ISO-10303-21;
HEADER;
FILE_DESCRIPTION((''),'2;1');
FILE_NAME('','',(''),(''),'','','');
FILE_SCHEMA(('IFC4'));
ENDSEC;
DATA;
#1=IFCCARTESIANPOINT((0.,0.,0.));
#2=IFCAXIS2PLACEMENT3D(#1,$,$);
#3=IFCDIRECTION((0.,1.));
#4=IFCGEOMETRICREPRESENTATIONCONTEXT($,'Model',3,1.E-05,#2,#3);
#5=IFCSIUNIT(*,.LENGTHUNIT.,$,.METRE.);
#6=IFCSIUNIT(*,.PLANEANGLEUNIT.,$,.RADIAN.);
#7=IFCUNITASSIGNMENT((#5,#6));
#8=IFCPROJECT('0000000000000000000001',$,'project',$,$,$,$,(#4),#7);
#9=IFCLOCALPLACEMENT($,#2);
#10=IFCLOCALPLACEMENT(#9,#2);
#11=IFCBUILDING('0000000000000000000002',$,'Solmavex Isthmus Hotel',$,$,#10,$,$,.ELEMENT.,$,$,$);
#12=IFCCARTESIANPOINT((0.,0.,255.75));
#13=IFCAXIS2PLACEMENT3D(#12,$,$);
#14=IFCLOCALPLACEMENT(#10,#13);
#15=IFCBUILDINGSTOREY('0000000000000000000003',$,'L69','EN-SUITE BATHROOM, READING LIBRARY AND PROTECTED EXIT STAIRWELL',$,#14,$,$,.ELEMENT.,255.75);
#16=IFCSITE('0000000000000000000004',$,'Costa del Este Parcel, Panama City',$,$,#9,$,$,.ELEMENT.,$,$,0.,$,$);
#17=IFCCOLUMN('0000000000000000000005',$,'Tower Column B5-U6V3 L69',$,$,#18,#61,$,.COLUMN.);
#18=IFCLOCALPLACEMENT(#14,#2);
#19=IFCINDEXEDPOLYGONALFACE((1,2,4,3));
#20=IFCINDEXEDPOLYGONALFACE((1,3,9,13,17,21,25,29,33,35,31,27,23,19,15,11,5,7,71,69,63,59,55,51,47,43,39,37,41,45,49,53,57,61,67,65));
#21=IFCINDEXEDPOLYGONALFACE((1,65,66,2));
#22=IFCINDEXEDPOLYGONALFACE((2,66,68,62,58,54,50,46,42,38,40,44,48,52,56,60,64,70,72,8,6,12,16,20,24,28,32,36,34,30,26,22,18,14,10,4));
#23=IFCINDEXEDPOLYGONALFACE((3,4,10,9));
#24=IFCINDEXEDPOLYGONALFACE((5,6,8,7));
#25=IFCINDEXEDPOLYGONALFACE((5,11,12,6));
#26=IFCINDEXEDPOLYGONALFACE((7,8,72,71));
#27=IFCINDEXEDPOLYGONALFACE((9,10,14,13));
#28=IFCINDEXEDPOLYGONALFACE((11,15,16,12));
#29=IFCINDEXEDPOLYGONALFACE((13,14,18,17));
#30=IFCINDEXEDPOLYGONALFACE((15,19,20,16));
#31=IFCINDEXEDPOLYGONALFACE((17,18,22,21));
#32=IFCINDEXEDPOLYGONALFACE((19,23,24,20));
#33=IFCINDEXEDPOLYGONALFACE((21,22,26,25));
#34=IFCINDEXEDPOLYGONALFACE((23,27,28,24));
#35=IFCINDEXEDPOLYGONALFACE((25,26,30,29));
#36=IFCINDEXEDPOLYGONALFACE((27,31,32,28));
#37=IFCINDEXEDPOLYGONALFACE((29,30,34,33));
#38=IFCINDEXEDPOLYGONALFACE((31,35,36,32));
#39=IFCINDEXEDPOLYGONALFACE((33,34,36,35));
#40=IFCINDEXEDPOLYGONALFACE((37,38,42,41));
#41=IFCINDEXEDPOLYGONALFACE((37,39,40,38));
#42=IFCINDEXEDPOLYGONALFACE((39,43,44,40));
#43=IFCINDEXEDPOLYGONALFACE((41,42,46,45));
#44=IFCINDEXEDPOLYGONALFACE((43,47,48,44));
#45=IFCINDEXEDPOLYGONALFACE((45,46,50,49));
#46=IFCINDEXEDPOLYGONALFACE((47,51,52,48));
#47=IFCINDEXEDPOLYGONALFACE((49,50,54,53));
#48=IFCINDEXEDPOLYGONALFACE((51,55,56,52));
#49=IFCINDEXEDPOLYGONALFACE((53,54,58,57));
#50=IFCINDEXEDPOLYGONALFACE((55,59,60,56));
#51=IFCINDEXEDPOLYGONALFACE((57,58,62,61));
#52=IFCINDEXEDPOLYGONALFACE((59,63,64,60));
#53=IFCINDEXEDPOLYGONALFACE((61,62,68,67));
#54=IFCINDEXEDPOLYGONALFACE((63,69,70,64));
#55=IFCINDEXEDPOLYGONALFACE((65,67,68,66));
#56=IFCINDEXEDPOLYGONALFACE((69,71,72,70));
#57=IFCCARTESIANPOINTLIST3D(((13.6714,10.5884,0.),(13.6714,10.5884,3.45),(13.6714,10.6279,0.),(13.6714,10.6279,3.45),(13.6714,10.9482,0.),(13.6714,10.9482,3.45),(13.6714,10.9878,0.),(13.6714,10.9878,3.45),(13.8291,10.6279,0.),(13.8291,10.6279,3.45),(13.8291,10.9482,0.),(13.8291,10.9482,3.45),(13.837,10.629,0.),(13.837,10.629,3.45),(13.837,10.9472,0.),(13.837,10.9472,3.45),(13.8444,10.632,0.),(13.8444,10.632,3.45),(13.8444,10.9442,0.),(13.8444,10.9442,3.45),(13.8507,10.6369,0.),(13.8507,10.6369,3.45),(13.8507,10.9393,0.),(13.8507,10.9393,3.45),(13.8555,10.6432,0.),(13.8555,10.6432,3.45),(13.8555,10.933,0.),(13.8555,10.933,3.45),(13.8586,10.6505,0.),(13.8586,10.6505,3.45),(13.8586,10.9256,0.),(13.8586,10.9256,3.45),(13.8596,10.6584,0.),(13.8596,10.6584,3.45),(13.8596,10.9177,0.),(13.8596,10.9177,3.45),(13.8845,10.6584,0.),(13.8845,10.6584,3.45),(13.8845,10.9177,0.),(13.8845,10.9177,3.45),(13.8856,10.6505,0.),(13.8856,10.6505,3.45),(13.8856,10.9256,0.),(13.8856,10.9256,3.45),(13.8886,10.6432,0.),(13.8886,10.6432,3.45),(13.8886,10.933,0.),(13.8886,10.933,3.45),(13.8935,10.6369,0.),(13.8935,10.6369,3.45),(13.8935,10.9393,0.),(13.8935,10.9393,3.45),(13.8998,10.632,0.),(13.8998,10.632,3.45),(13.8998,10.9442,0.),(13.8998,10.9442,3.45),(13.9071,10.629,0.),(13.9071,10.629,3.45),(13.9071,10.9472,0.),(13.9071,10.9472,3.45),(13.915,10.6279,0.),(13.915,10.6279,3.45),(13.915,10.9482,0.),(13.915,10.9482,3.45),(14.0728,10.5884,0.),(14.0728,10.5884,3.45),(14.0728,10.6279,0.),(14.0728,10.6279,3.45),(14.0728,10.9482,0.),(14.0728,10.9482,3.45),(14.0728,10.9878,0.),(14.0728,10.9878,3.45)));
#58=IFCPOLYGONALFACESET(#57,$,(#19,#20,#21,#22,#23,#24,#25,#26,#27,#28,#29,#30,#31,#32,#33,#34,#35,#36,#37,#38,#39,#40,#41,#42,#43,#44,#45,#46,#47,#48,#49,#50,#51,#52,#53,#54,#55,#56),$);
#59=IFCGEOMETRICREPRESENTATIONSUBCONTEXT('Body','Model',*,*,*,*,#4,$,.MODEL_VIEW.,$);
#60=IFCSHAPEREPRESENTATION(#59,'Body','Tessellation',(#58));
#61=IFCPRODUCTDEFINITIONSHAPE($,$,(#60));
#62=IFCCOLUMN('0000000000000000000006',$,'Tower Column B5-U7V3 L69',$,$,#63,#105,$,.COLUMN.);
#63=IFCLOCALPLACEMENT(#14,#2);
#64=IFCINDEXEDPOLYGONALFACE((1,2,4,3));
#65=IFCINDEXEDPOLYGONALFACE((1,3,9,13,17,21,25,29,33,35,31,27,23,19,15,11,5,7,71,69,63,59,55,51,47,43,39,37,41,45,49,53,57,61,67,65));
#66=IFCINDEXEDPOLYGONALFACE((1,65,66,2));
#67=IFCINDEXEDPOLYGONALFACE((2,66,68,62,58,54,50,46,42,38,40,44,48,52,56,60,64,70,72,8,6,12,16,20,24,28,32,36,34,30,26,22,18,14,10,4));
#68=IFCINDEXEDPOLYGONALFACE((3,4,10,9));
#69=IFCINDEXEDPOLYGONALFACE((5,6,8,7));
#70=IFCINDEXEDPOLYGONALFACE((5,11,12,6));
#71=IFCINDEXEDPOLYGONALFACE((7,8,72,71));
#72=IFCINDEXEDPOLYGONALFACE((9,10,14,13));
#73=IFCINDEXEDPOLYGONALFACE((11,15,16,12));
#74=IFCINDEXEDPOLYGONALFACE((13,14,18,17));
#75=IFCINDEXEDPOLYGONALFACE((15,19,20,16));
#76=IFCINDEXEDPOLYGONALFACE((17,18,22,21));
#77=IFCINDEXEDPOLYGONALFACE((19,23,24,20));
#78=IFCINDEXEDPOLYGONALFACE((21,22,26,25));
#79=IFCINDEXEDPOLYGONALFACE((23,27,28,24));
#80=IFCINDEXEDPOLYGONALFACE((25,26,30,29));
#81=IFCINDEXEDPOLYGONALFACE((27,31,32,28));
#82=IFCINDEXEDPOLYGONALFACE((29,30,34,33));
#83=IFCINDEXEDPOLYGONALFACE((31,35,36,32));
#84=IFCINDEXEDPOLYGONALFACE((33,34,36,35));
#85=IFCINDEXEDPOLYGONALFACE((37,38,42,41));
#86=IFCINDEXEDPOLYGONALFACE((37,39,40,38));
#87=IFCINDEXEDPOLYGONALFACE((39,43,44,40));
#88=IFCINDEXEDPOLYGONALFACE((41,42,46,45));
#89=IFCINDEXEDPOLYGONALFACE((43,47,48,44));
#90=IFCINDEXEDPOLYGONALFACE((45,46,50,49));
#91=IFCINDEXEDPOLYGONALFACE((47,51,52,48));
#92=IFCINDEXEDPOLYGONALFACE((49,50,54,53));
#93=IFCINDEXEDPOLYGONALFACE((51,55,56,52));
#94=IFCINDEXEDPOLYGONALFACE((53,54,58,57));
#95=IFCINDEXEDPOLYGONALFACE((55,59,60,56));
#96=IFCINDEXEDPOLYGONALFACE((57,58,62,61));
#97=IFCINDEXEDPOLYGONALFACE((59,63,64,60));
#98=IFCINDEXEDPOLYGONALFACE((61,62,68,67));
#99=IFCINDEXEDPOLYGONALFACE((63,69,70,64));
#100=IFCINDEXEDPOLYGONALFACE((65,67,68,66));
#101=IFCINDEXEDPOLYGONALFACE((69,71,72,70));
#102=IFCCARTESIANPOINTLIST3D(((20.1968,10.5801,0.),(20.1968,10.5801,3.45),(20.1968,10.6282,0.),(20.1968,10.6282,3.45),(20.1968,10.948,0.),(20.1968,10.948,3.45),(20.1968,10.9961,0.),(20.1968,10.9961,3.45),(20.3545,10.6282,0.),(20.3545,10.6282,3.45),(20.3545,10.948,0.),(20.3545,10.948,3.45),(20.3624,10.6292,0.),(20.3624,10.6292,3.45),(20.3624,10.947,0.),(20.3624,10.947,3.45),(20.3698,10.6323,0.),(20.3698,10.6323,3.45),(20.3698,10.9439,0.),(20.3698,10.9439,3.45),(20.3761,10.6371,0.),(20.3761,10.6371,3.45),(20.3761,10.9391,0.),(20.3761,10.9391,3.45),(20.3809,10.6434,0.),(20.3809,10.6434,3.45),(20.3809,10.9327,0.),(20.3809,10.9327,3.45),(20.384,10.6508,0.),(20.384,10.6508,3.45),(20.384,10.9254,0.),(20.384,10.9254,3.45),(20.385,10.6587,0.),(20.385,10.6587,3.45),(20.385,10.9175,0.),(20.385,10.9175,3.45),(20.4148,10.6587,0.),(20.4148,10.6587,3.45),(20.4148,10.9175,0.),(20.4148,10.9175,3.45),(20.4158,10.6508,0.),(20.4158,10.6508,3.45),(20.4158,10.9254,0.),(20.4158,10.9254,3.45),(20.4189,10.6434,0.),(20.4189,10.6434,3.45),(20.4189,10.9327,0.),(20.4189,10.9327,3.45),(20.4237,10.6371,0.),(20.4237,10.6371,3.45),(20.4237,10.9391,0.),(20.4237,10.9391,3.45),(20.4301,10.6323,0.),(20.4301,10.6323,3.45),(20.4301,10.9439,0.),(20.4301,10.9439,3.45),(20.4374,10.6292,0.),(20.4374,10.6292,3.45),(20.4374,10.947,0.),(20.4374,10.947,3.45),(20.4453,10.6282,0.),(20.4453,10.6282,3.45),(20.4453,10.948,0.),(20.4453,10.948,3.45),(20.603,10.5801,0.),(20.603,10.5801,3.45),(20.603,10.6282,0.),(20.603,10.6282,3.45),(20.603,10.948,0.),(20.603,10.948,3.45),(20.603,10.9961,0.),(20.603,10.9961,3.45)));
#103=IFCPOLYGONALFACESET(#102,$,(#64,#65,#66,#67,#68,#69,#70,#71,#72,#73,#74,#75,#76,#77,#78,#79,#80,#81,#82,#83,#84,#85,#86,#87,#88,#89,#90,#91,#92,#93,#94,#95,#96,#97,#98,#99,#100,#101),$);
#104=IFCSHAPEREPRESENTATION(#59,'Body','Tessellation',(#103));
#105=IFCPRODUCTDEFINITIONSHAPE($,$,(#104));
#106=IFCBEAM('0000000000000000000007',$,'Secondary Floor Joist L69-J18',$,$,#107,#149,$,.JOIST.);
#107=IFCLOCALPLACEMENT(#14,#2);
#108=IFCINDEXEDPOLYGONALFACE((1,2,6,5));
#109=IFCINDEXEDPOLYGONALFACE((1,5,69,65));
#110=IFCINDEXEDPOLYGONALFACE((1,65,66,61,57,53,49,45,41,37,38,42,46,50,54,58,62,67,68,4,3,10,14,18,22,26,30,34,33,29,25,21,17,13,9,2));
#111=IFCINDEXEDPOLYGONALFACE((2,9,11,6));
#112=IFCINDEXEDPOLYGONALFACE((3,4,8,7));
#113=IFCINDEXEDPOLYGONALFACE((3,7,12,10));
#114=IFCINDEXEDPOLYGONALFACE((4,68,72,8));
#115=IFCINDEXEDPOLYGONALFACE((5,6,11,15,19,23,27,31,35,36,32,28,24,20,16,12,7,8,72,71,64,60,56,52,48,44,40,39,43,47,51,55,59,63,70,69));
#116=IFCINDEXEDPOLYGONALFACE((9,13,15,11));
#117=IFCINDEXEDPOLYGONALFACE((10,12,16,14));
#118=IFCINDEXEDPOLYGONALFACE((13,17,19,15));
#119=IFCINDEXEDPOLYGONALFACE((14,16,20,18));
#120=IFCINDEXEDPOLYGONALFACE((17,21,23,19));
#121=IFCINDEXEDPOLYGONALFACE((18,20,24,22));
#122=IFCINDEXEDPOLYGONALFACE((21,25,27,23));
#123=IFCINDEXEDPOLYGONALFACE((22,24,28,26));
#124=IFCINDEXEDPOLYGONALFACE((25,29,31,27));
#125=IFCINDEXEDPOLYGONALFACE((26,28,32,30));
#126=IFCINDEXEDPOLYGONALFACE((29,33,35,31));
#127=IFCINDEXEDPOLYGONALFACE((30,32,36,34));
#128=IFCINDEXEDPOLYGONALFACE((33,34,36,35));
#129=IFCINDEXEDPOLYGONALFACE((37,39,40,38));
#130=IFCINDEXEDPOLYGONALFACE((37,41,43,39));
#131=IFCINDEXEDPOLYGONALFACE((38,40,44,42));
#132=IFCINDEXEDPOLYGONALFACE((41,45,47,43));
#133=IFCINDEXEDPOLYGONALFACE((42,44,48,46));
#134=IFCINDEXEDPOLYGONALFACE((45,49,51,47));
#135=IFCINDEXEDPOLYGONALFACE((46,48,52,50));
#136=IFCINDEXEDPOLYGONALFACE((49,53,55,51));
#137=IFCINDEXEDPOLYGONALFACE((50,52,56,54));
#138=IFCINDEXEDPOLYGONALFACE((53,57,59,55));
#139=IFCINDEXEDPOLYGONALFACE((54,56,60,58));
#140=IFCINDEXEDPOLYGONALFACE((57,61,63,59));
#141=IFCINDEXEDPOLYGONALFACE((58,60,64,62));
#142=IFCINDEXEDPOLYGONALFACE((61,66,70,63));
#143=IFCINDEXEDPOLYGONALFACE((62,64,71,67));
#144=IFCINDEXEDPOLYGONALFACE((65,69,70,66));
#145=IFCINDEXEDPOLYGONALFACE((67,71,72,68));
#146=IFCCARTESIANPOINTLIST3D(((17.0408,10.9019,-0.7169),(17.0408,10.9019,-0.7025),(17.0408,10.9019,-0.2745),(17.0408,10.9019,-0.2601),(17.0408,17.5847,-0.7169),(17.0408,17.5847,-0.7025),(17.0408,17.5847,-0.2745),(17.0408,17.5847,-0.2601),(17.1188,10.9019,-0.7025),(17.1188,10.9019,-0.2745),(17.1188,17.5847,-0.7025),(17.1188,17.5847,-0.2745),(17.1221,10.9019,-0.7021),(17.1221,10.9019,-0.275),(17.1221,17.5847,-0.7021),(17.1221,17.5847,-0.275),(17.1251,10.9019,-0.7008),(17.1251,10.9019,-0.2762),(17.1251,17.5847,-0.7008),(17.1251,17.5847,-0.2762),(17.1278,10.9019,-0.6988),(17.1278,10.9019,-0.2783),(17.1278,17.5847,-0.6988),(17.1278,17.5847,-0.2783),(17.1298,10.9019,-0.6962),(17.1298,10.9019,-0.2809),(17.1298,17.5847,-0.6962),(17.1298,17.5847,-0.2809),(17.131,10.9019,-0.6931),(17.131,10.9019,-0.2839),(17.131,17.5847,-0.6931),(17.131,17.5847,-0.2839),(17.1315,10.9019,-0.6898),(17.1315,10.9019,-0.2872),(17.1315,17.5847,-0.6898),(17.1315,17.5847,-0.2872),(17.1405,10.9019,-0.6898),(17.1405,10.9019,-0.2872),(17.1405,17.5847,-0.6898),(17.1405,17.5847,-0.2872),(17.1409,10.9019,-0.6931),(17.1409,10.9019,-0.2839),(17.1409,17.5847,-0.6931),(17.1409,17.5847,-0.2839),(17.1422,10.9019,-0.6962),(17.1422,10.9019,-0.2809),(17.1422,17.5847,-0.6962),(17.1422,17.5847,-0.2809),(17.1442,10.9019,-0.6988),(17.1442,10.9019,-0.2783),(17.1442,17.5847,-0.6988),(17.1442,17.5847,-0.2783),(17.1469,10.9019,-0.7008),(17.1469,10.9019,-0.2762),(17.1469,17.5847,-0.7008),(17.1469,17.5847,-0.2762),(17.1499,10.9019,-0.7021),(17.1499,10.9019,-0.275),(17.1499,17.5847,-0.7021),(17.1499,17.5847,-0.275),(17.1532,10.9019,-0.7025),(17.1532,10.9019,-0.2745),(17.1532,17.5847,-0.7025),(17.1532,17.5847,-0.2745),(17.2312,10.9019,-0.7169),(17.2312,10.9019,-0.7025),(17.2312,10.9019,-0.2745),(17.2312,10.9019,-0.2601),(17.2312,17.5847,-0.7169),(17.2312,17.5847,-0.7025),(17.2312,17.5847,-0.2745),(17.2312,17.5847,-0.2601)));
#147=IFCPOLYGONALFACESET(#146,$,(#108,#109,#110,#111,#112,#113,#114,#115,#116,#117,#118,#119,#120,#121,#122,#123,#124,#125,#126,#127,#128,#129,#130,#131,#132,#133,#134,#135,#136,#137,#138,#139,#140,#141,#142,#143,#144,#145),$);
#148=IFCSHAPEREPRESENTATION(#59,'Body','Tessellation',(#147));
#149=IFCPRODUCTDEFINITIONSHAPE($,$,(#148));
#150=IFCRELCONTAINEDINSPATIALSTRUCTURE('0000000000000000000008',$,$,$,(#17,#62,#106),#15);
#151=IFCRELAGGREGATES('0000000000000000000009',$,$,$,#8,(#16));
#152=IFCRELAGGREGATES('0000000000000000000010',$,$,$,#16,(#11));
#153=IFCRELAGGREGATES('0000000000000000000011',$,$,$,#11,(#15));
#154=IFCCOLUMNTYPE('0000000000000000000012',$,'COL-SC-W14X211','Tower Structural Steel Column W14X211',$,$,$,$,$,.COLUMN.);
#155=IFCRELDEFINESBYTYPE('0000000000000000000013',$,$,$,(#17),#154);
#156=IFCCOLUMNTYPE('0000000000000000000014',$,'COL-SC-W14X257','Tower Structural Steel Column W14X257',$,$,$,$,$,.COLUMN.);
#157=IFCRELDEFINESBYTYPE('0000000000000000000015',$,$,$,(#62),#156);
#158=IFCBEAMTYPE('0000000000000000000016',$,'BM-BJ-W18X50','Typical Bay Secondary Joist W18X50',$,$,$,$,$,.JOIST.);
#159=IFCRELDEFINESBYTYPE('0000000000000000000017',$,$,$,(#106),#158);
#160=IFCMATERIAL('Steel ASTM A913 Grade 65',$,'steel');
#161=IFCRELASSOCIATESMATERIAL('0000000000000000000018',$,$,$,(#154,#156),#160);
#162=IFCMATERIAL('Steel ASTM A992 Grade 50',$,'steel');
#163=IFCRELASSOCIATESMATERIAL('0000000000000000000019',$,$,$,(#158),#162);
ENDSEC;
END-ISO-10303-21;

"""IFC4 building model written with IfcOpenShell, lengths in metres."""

from ifc_helpers import new_model, si_unit, direction, frame, origin, origin_2d, place, context, subcontext, project, spatial, i_section, extrude, material, material_profile, profile_set, type_object, element, save


model = new_model("IFC4")

# Units and contexts
model_context = context("Model", 3, precision=1e-05, world=origin(), true_north=direction((0.0, 1.0)))
body_context = subcontext(model_context, "Body", "Model", "MODEL_VIEW")
ifc_project = project(units=[si_unit("LENGTHUNIT", "METRE"), si_unit("PLANEANGLEUNIT", "RADIAN")], contexts=[model_context])

# Site, building, storey
site_placement = place(None, origin())
site = spatial("IfcSite", under=ifc_project, at=site_placement, Name="Costa del Este Parcel, Panama City", CompositionType="ELEMENT", RefElevation=0.0)
building_placement = place(site_placement, origin())
building = spatial("IfcBuilding", under=site, at=building_placement, Name="Solmavex Isthmus Hotel", CompositionType="ELEMENT")
storey_placement = place(building_placement, frame((0.0, 0.0, 255.75)))
storey = spatial("IfcBuildingStorey", under=building, at=storey_placement, Name="L69", Description="EN-SUITE BATHROOM, READING LIBRARY AND PROTECTED EXIT STAIRWELL", CompositionType="ELEMENT", Elevation=255.75)

# Columns
ifc_material_1 = material(Name="Steel ASTM A913 Grade 65", Category="steel")
ifc_material_profile_1 = material_profile(ifc_material_1, i_section(OverallWidth=0.4014, OverallDepth=0.3994, WebThickness=0.0249, FlangeThickness=0.0396, FilletRadius=0.0305, at=origin_2d()), Name="W14X211")
ifc_profile_set_1 = profile_set([ifc_material_profile_1], Name="Steel ASTM A913 Grade 65")
column_type_1 = type_object("IfcColumnType", Name="COL-SC-W14X211", Description="Tower Structural Steel Column W14X211", PredefinedType="COLUMN", material=ifc_profile_set_1)
column_1_placement = place(storey_placement, frame((13.8721, 10.7881, 0.0), z_axis=(0.0, 0.0, 1.0), x_axis=(1.0, 0.0, 0.0)))
element("IfcColumn", 1, at=column_1_placement, inside=storey, type_object=column_type_1, Name="Tower Column B5-U6V3 L69", PredefinedType="COLUMN", context=body_context, shape_type="SweptSolid", body=[
    extrude(i_section(OverallWidth=0.4014, OverallDepth=0.3994, WebThickness=0.0249, FlangeThickness=0.0396, FilletRadius=0.0305, at=origin_2d()), origin(), (0.0, 0.0, 1.0), 3.45),
])
ifc_material_profile_2 = material_profile(ifc_material_1, i_section(OverallWidth=0.4062, OverallDepth=0.416, WebThickness=0.0298, FlangeThickness=0.0481, FilletRadius=0.0305, at=origin_2d()), Name="W14X257")
ifc_profile_set_2 = profile_set([ifc_material_profile_2], Name="Steel ASTM A913 Grade 65")
column_type_2 = type_object("IfcColumnType", Name="COL-SC-W14X257", Description="Tower Structural Steel Column W14X257", PredefinedType="COLUMN", material=ifc_profile_set_2)
column_2_placement = place(storey_placement, frame((20.3999, 10.7881, 0.0), z_axis=(0.0, 0.0, 1.0), x_axis=(1.0, 0.0, 0.0)))
element("IfcColumn", 2, at=column_2_placement, inside=storey, type_object=column_type_2, Name="Tower Column B5-U7V3 L69", PredefinedType="COLUMN", context=body_context, shape_type="SweptSolid", body=[
    extrude(i_section(OverallWidth=0.4062, OverallDepth=0.416, WebThickness=0.0298, FlangeThickness=0.0481, FilletRadius=0.0305, at=origin_2d()), origin(), (0.0, 0.0, 1.0), 3.45),
])

# Beam
ifc_material_2 = material(Name="Steel ASTM A992 Grade 50", Category="steel")
ifc_material_profile_3 = material_profile(ifc_material_2, i_section(OverallWidth=0.1904, OverallDepth=0.4568, WebThickness=0.009, FlangeThickness=0.0144, FilletRadius=0.0127, at=origin_2d()), Name="W18X50")
ifc_profile_set_3 = profile_set([ifc_material_profile_3], Name="Steel ASTM A992 Grade 50")
beam_type_1 = type_object("IfcBeamType", Name="BM-BJ-W18X50", Description="Typical Bay Secondary Joist W18X50", PredefinedType="JOIST", material=ifc_profile_set_3)
beam_1_placement = place(storey_placement, frame((17.136, 10.9019, -0.4885), z_axis=(0.0, 1.0, 0.0), x_axis=(-1.0, 0.0, 0.0)))
element("IfcBeam", 3, at=beam_1_placement, inside=storey, type_object=beam_type_1, Name="Secondary Floor Joist L69-J18", PredefinedType="JOIST", context=body_context, shape_type="SweptSolid", body=[
    extrude(i_section(OverallWidth=0.1904, OverallDepth=0.4568, WebThickness=0.009, FlangeThickness=0.0144, FilletRadius=0.0127, at=origin_2d()), origin(), (0.0, 0.0, 1.0), 6.6829),
])

save(model, "model.ifc")
